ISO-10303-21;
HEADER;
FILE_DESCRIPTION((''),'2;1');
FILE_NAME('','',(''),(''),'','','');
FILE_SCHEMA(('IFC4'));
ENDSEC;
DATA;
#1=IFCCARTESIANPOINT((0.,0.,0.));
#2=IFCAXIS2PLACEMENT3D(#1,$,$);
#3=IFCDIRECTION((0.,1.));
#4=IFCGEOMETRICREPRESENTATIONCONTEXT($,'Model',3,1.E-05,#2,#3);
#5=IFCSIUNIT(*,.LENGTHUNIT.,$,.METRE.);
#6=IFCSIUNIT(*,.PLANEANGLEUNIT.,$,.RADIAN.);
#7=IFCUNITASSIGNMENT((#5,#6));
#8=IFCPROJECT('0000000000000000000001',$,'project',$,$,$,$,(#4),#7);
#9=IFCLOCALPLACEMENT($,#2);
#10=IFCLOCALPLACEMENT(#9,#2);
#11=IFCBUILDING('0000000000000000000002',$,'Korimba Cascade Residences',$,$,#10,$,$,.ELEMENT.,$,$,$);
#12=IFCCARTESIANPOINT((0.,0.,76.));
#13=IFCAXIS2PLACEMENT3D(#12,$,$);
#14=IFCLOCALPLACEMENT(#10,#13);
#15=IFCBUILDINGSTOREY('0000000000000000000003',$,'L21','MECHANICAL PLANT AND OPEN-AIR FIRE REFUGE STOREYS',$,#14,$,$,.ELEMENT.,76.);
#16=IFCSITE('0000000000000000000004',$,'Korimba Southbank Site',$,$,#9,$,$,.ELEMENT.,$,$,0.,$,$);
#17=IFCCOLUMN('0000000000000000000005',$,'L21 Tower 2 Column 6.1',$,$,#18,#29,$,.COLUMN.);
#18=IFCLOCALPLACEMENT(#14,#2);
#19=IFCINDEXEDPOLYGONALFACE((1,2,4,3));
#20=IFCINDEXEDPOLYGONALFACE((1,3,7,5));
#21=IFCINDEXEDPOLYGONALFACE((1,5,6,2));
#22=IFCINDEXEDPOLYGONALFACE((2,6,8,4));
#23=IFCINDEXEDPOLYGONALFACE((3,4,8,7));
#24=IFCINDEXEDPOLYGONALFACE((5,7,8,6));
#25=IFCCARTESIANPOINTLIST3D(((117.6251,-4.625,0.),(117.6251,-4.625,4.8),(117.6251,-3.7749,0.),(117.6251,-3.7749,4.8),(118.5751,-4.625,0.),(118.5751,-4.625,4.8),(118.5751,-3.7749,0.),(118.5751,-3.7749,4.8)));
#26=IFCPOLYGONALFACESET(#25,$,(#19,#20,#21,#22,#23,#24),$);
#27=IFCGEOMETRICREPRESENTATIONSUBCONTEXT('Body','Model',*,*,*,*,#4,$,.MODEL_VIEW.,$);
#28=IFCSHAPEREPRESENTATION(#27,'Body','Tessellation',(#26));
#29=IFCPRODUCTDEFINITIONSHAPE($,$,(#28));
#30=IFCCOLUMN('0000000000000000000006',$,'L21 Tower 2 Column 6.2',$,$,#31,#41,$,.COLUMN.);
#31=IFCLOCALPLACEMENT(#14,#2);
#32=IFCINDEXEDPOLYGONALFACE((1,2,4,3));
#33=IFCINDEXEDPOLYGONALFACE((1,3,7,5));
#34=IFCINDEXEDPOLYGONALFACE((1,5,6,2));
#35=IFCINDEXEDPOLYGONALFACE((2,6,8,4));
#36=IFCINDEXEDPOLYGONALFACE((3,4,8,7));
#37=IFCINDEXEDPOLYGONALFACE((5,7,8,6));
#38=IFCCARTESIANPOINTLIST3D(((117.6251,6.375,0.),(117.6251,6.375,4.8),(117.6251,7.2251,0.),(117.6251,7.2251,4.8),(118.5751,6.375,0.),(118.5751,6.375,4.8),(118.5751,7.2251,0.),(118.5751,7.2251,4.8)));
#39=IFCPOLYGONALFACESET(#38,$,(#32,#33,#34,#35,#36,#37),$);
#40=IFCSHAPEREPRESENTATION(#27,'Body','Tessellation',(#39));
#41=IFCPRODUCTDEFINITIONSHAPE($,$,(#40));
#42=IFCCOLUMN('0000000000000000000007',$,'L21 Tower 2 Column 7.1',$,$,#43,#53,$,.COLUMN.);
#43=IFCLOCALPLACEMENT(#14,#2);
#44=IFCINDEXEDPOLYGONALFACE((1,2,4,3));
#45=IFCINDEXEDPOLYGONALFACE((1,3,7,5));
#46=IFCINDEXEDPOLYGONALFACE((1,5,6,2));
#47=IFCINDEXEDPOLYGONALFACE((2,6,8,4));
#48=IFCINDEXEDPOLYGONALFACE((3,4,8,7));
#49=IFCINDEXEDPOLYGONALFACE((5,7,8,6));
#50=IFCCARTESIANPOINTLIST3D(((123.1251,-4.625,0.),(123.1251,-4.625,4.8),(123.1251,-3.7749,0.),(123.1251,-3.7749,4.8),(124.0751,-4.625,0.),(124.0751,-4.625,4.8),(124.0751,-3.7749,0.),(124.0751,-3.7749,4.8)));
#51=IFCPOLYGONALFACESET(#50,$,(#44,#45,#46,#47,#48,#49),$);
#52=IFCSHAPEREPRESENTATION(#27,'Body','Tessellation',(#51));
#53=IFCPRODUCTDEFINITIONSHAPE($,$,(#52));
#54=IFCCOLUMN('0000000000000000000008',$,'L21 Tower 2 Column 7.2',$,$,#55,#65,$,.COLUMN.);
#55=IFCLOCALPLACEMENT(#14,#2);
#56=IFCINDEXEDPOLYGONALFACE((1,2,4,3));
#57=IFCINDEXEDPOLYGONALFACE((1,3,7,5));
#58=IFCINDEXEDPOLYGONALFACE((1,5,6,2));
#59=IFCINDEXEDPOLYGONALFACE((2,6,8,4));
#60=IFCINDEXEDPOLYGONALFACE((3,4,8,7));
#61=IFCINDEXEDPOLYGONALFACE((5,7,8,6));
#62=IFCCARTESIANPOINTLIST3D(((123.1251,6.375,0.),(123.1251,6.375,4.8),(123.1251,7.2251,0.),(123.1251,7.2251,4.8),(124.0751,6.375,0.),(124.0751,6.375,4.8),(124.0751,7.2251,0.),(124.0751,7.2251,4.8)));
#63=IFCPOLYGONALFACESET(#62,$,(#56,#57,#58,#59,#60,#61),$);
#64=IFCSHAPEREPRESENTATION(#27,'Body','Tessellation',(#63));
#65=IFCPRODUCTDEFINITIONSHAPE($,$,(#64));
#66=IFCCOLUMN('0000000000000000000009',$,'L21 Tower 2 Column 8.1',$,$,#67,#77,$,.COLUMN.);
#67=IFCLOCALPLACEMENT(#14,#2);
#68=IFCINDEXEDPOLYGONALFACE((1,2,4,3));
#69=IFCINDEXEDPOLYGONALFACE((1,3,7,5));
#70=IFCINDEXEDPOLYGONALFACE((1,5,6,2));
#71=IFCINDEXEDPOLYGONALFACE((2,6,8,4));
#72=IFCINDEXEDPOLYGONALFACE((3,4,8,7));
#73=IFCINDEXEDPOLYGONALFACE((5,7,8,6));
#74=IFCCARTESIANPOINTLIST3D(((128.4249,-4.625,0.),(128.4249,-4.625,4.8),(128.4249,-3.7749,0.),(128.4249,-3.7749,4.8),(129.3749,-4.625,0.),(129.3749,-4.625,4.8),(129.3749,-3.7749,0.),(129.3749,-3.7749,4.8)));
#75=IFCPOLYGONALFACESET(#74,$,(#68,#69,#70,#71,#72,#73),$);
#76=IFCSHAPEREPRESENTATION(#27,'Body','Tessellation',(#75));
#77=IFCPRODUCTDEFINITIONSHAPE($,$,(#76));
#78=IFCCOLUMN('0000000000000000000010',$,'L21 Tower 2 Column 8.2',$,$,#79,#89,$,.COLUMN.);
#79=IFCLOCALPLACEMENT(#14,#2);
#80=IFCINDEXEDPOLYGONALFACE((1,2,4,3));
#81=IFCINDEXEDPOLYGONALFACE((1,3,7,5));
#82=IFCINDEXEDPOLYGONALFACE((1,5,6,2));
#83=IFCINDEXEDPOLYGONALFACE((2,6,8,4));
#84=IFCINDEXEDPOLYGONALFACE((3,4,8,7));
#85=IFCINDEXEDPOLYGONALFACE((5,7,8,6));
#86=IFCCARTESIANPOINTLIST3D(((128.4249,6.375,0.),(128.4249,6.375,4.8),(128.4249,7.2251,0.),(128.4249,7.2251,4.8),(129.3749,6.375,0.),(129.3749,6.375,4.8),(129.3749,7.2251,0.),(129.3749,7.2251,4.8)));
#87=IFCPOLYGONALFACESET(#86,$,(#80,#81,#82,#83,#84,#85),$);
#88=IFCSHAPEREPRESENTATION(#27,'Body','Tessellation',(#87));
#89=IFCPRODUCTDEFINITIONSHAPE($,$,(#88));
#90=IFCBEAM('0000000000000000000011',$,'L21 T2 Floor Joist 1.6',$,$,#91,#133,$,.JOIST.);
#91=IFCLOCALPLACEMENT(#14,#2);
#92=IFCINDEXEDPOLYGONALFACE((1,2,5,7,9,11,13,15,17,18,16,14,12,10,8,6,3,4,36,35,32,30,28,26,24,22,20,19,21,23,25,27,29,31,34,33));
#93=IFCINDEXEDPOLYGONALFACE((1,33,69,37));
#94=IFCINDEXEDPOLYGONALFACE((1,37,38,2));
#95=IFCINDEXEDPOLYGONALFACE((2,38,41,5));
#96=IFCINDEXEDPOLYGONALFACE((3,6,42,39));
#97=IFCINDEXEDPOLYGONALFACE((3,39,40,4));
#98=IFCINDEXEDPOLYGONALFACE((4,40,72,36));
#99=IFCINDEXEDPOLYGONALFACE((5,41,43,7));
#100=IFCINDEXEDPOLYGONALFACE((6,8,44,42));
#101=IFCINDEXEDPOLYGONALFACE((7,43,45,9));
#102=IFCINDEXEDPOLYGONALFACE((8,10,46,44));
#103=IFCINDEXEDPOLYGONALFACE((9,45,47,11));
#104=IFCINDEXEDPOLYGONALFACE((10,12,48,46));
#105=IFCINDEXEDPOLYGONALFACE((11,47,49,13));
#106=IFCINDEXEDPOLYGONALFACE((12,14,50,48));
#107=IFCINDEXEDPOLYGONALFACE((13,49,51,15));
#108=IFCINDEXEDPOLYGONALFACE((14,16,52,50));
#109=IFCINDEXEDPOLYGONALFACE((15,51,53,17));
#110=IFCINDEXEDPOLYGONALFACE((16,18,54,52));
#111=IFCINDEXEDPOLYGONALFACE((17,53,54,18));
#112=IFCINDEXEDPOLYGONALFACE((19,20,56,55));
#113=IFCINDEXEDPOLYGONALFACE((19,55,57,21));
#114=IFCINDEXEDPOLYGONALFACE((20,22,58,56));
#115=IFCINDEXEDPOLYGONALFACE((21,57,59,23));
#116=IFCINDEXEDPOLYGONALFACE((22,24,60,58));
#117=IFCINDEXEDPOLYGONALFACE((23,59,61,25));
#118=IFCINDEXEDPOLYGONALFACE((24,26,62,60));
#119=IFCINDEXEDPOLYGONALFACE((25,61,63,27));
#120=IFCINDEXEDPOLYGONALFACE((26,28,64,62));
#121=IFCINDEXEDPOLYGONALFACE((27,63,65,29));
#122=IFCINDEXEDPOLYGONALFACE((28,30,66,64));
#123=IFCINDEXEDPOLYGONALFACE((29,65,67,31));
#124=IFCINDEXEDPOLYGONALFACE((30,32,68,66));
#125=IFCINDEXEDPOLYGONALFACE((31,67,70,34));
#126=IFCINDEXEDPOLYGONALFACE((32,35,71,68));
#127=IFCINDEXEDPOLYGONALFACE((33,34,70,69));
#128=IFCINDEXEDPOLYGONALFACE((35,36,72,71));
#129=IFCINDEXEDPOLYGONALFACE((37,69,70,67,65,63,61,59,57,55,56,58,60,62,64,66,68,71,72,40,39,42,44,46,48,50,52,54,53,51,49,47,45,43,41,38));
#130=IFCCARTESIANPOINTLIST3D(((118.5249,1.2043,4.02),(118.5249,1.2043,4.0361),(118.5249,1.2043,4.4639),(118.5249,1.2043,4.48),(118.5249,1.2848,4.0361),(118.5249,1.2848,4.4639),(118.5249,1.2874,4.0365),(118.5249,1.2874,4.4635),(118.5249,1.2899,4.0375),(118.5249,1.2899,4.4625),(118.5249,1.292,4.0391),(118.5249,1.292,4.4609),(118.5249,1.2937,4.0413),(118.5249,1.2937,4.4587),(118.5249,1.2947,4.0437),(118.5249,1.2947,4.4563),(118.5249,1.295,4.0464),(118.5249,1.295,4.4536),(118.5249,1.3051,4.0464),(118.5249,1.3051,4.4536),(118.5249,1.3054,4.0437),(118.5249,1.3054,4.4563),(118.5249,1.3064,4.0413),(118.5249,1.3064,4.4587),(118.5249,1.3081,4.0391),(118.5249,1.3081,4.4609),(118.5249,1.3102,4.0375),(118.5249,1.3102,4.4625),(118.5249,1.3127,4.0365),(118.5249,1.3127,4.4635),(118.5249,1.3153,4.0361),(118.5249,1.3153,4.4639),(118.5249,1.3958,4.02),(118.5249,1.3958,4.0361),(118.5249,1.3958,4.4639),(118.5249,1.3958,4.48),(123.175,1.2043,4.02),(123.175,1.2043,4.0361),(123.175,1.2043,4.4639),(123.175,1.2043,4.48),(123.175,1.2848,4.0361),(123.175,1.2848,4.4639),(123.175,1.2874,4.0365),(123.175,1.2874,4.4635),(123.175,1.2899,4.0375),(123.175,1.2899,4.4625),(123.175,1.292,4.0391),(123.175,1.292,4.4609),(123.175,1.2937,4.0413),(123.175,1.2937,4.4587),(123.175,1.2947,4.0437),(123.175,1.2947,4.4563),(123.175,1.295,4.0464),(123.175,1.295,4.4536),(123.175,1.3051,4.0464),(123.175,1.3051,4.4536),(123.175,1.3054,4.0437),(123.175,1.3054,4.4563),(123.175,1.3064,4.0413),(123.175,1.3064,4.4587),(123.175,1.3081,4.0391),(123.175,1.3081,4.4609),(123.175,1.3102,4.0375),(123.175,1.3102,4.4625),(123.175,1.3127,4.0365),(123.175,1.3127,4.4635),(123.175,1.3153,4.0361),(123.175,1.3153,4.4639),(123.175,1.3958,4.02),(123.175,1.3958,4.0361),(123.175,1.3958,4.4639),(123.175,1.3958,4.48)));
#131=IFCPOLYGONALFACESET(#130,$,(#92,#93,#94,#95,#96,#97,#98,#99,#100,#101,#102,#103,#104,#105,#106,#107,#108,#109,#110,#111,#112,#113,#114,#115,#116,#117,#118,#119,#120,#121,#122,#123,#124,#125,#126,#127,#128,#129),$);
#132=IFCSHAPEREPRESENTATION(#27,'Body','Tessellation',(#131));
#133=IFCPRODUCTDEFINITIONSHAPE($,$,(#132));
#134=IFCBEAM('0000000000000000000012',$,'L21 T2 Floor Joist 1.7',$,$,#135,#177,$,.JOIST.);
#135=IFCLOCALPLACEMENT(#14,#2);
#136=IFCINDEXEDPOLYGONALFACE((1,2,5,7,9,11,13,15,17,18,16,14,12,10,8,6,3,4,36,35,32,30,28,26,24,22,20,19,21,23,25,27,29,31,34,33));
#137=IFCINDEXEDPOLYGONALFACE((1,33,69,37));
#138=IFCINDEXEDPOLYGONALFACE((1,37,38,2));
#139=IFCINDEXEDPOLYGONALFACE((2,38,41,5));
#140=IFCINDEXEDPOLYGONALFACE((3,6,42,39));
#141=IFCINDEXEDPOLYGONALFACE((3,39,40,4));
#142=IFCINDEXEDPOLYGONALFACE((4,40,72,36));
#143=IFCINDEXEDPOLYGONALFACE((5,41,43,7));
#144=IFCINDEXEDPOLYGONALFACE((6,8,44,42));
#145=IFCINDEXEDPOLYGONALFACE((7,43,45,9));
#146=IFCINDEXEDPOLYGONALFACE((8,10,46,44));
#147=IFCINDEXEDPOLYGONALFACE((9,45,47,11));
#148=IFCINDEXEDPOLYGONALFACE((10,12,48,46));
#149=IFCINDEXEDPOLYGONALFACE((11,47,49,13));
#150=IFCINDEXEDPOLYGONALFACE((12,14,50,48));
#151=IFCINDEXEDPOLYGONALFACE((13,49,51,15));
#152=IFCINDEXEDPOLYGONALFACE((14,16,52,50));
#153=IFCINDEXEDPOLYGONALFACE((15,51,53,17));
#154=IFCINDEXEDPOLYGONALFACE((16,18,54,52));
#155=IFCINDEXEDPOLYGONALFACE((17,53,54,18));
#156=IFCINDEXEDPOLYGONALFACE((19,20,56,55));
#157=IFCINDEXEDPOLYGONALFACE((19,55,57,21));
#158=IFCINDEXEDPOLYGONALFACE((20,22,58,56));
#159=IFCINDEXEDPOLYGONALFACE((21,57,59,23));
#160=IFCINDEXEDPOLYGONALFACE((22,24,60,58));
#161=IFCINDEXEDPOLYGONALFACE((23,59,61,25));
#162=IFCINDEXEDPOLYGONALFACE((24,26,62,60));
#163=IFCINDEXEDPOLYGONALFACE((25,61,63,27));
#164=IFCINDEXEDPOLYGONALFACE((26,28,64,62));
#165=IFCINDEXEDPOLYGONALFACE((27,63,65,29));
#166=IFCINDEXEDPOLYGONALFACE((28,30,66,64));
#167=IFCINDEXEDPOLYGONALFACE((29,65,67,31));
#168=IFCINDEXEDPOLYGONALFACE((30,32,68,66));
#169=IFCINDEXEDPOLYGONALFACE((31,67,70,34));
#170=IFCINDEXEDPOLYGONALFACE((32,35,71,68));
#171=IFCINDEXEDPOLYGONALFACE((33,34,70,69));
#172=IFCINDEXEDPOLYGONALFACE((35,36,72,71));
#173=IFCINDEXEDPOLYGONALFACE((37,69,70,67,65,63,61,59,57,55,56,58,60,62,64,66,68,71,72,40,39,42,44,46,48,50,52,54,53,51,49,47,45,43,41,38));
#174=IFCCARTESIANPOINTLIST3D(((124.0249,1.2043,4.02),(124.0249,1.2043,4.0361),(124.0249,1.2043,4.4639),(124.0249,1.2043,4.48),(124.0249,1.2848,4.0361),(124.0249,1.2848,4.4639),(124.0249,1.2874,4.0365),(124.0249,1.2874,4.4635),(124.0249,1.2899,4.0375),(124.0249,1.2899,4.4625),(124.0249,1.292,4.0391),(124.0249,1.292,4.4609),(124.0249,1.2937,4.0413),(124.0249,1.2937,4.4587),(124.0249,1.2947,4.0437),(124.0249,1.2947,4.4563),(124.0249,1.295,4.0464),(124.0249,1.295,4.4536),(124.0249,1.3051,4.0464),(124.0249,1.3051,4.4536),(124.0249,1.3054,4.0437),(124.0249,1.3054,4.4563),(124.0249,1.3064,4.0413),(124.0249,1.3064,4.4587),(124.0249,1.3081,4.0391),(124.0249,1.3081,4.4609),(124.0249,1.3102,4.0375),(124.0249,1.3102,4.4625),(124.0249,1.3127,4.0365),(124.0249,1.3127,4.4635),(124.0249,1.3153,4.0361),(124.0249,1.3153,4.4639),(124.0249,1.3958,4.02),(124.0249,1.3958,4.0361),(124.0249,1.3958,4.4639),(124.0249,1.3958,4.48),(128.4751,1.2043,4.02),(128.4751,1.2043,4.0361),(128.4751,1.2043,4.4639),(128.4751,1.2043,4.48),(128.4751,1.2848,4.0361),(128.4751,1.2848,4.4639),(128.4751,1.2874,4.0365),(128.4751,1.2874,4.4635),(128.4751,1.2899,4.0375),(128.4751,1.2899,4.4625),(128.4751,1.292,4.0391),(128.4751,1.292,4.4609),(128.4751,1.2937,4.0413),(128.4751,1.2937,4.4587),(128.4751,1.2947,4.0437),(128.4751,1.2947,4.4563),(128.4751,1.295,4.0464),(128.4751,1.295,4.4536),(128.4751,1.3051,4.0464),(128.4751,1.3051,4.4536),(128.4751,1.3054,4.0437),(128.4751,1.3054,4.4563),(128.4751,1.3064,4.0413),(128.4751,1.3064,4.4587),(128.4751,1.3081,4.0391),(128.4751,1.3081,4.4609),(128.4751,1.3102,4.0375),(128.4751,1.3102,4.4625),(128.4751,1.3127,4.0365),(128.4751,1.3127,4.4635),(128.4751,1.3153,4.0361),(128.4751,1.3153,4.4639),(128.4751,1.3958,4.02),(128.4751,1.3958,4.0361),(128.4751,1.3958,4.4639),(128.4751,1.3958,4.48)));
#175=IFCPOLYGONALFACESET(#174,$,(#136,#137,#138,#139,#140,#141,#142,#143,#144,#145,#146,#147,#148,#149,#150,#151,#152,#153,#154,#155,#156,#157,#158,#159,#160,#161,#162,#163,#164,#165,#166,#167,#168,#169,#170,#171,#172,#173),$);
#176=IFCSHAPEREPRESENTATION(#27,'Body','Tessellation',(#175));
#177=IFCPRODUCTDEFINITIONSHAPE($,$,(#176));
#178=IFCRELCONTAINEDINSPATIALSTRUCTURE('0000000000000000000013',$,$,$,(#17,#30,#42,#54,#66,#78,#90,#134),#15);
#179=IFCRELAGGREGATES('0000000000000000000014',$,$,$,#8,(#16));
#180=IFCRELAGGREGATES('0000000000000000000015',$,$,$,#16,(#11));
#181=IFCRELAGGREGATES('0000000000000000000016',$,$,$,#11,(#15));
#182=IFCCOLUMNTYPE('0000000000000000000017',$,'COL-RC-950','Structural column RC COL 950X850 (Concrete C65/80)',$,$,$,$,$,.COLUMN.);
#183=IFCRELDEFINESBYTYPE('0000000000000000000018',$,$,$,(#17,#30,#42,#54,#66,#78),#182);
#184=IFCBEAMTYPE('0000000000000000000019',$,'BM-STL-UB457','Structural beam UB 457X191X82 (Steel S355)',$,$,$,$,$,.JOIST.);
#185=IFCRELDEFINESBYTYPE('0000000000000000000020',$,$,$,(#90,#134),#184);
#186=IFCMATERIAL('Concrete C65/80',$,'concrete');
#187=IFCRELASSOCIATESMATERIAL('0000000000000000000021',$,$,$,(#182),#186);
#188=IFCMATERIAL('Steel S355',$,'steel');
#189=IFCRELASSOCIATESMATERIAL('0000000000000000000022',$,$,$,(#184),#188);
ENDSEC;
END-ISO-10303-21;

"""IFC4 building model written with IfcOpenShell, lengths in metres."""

from ifc_helpers import new_model, si_unit, direction, frame, origin, origin_2d, place, context, subcontext, project, spatial, rectangle, i_section, extrude, material, material_profile, profile_set, type_object, element, save


model = new_model("IFC4")

# Units and contexts
model_context = context("Model", 3, precision=1e-05, world=origin(), true_north=direction((0.0, 1.0)))
body_context = subcontext(model_context, "Body", "Model", "MODEL_VIEW")
ifc_project = project(units=[si_unit("LENGTHUNIT", "METRE"), si_unit("PLANEANGLEUNIT", "RADIAN")], contexts=[model_context])

# Site, building, storey
site_placement = place(None, origin())
site = spatial("IfcSite", under=ifc_project, at=site_placement, Name="Korimba Southbank Site", CompositionType="ELEMENT", RefElevation=0.0)
building_placement = place(site_placement, origin())
building = spatial("IfcBuilding", under=site, at=building_placement, Name="Korimba Cascade Residences", CompositionType="ELEMENT")
storey_placement = place(building_placement, frame((0.0, 0.0, 76.0)))
storey = spatial("IfcBuildingStorey", under=building, at=storey_placement, Name="L21", Description="MECHANICAL PLANT AND OPEN-AIR FIRE REFUGE STOREYS", CompositionType="ELEMENT", Elevation=76.0)

# Columns
ifc_material_1 = material(Name="Concrete C65/80", Category="concrete")
ifc_material_profile_1 = material_profile(ifc_material_1, rectangle(XDim=0.95, YDim=0.8501, at=origin_2d()), Name="Concrete C65/80")
ifc_profile_set_1 = profile_set([ifc_material_profile_1], Name="Concrete C65/80")
column_type = type_object("IfcColumnType", Name="COL-RC-950", Description="Structural column RC COL 950X850 (Concrete C65/80)", PredefinedType="COLUMN", material=ifc_profile_set_1)
for number, where, z_axis, x_axis, name in (
    (1, (118.1001, -4.2, 0.0), (0.0, 0.0, 1.0), (1.0, 0.0, 0.0), "L21 Tower 2 Column 6.1"),
    (2, (118.1001, 6.8, 0.0), (0.0, 0.0, 1.0), (1.0, 0.0, 0.0), "L21 Tower 2 Column 6.2"),
    (3, (123.6001, -4.2, 0.0), (0.0, 0.0, 1.0), (1.0, 0.0, 0.0), "L21 Tower 2 Column 7.1"),
    (4, (123.6001, 6.8, 0.0), (0.0, 0.0, 1.0), (1.0, 0.0, 0.0), "L21 Tower 2 Column 7.2"),
    (5, (128.8999, -4.2, 0.0), (0.0, 0.0, 1.0), (1.0, 0.0, 0.0), "L21 Tower 2 Column 8.1"),
    (6, (128.8999, 6.8, 0.0), (0.0, 0.0, 1.0), (1.0, 0.0, 0.0), "L21 Tower 2 Column 8.2"),
):
    element("IfcColumn", number, at=place(storey_placement, frame(where, z_axis=z_axis, x_axis=x_axis)), inside=storey, type_object=column_type, Name=name, PredefinedType="COLUMN", context=body_context, shape_type="SweptSolid", body=[
        extrude(rectangle(XDim=0.95, YDim=0.8501, at=origin_2d()), origin(), (0.0, 0.0, 1.0), 4.8),
    ])

# Beams
ifc_material_2 = material(Name="Steel S355", Category="steel")
ifc_material_profile_2 = material_profile(ifc_material_2, i_section(OverallWidth=0.1914, OverallDepth=0.46, WebThickness=0.01, FlangeThickness=0.0161, FilletRadius=0.0103, at=origin_2d()), Name="Steel S355")
ifc_profile_set_2 = profile_set([ifc_material_profile_2], Name="Steel S355")
beam_type_1 = type_object("IfcBeamType", Name="BM-STL-UB457", Description="Structural beam UB 457X191X82 (Steel S355)", PredefinedType="JOIST", material=ifc_profile_set_2)
beam_1_placement = place(storey_placement, frame((118.5249, 1.3, 4.25), z_axis=(1.0, 0.0, 0.0), x_axis=(0.0, 1.0, 0.0)))
element("IfcBeam", 7, at=beam_1_placement, inside=storey, type_object=beam_type_1, Name="L21 T2 Floor Joist 1.6", PredefinedType="JOIST", context=body_context, shape_type="SweptSolid", body=[
    extrude(i_section(OverallWidth=0.1914, OverallDepth=0.46, WebThickness=0.01, FlangeThickness=0.0161, FilletRadius=0.0103, at=origin_2d()), origin(), (0.0, 0.0, 1.0), 4.6501),
])
beam_2_placement = place(storey_placement, frame((124.0249, 1.3, 4.25), z_axis=(1.0, 0.0, 0.0), x_axis=(0.0, 1.0, 0.0)))
element("IfcBeam", 8, at=beam_2_placement, inside=storey, type_object=beam_type_1, Name="L21 T2 Floor Joist 1.7", PredefinedType="JOIST", context=body_context, shape_type="SweptSolid", body=[
    extrude(i_section(OverallWidth=0.1914, OverallDepth=0.46, WebThickness=0.01, FlangeThickness=0.0161, FilletRadius=0.0103, at=origin_2d()), origin(), (0.0, 0.0, 1.0), 4.4502),
])

save(model, "model.ifc")
